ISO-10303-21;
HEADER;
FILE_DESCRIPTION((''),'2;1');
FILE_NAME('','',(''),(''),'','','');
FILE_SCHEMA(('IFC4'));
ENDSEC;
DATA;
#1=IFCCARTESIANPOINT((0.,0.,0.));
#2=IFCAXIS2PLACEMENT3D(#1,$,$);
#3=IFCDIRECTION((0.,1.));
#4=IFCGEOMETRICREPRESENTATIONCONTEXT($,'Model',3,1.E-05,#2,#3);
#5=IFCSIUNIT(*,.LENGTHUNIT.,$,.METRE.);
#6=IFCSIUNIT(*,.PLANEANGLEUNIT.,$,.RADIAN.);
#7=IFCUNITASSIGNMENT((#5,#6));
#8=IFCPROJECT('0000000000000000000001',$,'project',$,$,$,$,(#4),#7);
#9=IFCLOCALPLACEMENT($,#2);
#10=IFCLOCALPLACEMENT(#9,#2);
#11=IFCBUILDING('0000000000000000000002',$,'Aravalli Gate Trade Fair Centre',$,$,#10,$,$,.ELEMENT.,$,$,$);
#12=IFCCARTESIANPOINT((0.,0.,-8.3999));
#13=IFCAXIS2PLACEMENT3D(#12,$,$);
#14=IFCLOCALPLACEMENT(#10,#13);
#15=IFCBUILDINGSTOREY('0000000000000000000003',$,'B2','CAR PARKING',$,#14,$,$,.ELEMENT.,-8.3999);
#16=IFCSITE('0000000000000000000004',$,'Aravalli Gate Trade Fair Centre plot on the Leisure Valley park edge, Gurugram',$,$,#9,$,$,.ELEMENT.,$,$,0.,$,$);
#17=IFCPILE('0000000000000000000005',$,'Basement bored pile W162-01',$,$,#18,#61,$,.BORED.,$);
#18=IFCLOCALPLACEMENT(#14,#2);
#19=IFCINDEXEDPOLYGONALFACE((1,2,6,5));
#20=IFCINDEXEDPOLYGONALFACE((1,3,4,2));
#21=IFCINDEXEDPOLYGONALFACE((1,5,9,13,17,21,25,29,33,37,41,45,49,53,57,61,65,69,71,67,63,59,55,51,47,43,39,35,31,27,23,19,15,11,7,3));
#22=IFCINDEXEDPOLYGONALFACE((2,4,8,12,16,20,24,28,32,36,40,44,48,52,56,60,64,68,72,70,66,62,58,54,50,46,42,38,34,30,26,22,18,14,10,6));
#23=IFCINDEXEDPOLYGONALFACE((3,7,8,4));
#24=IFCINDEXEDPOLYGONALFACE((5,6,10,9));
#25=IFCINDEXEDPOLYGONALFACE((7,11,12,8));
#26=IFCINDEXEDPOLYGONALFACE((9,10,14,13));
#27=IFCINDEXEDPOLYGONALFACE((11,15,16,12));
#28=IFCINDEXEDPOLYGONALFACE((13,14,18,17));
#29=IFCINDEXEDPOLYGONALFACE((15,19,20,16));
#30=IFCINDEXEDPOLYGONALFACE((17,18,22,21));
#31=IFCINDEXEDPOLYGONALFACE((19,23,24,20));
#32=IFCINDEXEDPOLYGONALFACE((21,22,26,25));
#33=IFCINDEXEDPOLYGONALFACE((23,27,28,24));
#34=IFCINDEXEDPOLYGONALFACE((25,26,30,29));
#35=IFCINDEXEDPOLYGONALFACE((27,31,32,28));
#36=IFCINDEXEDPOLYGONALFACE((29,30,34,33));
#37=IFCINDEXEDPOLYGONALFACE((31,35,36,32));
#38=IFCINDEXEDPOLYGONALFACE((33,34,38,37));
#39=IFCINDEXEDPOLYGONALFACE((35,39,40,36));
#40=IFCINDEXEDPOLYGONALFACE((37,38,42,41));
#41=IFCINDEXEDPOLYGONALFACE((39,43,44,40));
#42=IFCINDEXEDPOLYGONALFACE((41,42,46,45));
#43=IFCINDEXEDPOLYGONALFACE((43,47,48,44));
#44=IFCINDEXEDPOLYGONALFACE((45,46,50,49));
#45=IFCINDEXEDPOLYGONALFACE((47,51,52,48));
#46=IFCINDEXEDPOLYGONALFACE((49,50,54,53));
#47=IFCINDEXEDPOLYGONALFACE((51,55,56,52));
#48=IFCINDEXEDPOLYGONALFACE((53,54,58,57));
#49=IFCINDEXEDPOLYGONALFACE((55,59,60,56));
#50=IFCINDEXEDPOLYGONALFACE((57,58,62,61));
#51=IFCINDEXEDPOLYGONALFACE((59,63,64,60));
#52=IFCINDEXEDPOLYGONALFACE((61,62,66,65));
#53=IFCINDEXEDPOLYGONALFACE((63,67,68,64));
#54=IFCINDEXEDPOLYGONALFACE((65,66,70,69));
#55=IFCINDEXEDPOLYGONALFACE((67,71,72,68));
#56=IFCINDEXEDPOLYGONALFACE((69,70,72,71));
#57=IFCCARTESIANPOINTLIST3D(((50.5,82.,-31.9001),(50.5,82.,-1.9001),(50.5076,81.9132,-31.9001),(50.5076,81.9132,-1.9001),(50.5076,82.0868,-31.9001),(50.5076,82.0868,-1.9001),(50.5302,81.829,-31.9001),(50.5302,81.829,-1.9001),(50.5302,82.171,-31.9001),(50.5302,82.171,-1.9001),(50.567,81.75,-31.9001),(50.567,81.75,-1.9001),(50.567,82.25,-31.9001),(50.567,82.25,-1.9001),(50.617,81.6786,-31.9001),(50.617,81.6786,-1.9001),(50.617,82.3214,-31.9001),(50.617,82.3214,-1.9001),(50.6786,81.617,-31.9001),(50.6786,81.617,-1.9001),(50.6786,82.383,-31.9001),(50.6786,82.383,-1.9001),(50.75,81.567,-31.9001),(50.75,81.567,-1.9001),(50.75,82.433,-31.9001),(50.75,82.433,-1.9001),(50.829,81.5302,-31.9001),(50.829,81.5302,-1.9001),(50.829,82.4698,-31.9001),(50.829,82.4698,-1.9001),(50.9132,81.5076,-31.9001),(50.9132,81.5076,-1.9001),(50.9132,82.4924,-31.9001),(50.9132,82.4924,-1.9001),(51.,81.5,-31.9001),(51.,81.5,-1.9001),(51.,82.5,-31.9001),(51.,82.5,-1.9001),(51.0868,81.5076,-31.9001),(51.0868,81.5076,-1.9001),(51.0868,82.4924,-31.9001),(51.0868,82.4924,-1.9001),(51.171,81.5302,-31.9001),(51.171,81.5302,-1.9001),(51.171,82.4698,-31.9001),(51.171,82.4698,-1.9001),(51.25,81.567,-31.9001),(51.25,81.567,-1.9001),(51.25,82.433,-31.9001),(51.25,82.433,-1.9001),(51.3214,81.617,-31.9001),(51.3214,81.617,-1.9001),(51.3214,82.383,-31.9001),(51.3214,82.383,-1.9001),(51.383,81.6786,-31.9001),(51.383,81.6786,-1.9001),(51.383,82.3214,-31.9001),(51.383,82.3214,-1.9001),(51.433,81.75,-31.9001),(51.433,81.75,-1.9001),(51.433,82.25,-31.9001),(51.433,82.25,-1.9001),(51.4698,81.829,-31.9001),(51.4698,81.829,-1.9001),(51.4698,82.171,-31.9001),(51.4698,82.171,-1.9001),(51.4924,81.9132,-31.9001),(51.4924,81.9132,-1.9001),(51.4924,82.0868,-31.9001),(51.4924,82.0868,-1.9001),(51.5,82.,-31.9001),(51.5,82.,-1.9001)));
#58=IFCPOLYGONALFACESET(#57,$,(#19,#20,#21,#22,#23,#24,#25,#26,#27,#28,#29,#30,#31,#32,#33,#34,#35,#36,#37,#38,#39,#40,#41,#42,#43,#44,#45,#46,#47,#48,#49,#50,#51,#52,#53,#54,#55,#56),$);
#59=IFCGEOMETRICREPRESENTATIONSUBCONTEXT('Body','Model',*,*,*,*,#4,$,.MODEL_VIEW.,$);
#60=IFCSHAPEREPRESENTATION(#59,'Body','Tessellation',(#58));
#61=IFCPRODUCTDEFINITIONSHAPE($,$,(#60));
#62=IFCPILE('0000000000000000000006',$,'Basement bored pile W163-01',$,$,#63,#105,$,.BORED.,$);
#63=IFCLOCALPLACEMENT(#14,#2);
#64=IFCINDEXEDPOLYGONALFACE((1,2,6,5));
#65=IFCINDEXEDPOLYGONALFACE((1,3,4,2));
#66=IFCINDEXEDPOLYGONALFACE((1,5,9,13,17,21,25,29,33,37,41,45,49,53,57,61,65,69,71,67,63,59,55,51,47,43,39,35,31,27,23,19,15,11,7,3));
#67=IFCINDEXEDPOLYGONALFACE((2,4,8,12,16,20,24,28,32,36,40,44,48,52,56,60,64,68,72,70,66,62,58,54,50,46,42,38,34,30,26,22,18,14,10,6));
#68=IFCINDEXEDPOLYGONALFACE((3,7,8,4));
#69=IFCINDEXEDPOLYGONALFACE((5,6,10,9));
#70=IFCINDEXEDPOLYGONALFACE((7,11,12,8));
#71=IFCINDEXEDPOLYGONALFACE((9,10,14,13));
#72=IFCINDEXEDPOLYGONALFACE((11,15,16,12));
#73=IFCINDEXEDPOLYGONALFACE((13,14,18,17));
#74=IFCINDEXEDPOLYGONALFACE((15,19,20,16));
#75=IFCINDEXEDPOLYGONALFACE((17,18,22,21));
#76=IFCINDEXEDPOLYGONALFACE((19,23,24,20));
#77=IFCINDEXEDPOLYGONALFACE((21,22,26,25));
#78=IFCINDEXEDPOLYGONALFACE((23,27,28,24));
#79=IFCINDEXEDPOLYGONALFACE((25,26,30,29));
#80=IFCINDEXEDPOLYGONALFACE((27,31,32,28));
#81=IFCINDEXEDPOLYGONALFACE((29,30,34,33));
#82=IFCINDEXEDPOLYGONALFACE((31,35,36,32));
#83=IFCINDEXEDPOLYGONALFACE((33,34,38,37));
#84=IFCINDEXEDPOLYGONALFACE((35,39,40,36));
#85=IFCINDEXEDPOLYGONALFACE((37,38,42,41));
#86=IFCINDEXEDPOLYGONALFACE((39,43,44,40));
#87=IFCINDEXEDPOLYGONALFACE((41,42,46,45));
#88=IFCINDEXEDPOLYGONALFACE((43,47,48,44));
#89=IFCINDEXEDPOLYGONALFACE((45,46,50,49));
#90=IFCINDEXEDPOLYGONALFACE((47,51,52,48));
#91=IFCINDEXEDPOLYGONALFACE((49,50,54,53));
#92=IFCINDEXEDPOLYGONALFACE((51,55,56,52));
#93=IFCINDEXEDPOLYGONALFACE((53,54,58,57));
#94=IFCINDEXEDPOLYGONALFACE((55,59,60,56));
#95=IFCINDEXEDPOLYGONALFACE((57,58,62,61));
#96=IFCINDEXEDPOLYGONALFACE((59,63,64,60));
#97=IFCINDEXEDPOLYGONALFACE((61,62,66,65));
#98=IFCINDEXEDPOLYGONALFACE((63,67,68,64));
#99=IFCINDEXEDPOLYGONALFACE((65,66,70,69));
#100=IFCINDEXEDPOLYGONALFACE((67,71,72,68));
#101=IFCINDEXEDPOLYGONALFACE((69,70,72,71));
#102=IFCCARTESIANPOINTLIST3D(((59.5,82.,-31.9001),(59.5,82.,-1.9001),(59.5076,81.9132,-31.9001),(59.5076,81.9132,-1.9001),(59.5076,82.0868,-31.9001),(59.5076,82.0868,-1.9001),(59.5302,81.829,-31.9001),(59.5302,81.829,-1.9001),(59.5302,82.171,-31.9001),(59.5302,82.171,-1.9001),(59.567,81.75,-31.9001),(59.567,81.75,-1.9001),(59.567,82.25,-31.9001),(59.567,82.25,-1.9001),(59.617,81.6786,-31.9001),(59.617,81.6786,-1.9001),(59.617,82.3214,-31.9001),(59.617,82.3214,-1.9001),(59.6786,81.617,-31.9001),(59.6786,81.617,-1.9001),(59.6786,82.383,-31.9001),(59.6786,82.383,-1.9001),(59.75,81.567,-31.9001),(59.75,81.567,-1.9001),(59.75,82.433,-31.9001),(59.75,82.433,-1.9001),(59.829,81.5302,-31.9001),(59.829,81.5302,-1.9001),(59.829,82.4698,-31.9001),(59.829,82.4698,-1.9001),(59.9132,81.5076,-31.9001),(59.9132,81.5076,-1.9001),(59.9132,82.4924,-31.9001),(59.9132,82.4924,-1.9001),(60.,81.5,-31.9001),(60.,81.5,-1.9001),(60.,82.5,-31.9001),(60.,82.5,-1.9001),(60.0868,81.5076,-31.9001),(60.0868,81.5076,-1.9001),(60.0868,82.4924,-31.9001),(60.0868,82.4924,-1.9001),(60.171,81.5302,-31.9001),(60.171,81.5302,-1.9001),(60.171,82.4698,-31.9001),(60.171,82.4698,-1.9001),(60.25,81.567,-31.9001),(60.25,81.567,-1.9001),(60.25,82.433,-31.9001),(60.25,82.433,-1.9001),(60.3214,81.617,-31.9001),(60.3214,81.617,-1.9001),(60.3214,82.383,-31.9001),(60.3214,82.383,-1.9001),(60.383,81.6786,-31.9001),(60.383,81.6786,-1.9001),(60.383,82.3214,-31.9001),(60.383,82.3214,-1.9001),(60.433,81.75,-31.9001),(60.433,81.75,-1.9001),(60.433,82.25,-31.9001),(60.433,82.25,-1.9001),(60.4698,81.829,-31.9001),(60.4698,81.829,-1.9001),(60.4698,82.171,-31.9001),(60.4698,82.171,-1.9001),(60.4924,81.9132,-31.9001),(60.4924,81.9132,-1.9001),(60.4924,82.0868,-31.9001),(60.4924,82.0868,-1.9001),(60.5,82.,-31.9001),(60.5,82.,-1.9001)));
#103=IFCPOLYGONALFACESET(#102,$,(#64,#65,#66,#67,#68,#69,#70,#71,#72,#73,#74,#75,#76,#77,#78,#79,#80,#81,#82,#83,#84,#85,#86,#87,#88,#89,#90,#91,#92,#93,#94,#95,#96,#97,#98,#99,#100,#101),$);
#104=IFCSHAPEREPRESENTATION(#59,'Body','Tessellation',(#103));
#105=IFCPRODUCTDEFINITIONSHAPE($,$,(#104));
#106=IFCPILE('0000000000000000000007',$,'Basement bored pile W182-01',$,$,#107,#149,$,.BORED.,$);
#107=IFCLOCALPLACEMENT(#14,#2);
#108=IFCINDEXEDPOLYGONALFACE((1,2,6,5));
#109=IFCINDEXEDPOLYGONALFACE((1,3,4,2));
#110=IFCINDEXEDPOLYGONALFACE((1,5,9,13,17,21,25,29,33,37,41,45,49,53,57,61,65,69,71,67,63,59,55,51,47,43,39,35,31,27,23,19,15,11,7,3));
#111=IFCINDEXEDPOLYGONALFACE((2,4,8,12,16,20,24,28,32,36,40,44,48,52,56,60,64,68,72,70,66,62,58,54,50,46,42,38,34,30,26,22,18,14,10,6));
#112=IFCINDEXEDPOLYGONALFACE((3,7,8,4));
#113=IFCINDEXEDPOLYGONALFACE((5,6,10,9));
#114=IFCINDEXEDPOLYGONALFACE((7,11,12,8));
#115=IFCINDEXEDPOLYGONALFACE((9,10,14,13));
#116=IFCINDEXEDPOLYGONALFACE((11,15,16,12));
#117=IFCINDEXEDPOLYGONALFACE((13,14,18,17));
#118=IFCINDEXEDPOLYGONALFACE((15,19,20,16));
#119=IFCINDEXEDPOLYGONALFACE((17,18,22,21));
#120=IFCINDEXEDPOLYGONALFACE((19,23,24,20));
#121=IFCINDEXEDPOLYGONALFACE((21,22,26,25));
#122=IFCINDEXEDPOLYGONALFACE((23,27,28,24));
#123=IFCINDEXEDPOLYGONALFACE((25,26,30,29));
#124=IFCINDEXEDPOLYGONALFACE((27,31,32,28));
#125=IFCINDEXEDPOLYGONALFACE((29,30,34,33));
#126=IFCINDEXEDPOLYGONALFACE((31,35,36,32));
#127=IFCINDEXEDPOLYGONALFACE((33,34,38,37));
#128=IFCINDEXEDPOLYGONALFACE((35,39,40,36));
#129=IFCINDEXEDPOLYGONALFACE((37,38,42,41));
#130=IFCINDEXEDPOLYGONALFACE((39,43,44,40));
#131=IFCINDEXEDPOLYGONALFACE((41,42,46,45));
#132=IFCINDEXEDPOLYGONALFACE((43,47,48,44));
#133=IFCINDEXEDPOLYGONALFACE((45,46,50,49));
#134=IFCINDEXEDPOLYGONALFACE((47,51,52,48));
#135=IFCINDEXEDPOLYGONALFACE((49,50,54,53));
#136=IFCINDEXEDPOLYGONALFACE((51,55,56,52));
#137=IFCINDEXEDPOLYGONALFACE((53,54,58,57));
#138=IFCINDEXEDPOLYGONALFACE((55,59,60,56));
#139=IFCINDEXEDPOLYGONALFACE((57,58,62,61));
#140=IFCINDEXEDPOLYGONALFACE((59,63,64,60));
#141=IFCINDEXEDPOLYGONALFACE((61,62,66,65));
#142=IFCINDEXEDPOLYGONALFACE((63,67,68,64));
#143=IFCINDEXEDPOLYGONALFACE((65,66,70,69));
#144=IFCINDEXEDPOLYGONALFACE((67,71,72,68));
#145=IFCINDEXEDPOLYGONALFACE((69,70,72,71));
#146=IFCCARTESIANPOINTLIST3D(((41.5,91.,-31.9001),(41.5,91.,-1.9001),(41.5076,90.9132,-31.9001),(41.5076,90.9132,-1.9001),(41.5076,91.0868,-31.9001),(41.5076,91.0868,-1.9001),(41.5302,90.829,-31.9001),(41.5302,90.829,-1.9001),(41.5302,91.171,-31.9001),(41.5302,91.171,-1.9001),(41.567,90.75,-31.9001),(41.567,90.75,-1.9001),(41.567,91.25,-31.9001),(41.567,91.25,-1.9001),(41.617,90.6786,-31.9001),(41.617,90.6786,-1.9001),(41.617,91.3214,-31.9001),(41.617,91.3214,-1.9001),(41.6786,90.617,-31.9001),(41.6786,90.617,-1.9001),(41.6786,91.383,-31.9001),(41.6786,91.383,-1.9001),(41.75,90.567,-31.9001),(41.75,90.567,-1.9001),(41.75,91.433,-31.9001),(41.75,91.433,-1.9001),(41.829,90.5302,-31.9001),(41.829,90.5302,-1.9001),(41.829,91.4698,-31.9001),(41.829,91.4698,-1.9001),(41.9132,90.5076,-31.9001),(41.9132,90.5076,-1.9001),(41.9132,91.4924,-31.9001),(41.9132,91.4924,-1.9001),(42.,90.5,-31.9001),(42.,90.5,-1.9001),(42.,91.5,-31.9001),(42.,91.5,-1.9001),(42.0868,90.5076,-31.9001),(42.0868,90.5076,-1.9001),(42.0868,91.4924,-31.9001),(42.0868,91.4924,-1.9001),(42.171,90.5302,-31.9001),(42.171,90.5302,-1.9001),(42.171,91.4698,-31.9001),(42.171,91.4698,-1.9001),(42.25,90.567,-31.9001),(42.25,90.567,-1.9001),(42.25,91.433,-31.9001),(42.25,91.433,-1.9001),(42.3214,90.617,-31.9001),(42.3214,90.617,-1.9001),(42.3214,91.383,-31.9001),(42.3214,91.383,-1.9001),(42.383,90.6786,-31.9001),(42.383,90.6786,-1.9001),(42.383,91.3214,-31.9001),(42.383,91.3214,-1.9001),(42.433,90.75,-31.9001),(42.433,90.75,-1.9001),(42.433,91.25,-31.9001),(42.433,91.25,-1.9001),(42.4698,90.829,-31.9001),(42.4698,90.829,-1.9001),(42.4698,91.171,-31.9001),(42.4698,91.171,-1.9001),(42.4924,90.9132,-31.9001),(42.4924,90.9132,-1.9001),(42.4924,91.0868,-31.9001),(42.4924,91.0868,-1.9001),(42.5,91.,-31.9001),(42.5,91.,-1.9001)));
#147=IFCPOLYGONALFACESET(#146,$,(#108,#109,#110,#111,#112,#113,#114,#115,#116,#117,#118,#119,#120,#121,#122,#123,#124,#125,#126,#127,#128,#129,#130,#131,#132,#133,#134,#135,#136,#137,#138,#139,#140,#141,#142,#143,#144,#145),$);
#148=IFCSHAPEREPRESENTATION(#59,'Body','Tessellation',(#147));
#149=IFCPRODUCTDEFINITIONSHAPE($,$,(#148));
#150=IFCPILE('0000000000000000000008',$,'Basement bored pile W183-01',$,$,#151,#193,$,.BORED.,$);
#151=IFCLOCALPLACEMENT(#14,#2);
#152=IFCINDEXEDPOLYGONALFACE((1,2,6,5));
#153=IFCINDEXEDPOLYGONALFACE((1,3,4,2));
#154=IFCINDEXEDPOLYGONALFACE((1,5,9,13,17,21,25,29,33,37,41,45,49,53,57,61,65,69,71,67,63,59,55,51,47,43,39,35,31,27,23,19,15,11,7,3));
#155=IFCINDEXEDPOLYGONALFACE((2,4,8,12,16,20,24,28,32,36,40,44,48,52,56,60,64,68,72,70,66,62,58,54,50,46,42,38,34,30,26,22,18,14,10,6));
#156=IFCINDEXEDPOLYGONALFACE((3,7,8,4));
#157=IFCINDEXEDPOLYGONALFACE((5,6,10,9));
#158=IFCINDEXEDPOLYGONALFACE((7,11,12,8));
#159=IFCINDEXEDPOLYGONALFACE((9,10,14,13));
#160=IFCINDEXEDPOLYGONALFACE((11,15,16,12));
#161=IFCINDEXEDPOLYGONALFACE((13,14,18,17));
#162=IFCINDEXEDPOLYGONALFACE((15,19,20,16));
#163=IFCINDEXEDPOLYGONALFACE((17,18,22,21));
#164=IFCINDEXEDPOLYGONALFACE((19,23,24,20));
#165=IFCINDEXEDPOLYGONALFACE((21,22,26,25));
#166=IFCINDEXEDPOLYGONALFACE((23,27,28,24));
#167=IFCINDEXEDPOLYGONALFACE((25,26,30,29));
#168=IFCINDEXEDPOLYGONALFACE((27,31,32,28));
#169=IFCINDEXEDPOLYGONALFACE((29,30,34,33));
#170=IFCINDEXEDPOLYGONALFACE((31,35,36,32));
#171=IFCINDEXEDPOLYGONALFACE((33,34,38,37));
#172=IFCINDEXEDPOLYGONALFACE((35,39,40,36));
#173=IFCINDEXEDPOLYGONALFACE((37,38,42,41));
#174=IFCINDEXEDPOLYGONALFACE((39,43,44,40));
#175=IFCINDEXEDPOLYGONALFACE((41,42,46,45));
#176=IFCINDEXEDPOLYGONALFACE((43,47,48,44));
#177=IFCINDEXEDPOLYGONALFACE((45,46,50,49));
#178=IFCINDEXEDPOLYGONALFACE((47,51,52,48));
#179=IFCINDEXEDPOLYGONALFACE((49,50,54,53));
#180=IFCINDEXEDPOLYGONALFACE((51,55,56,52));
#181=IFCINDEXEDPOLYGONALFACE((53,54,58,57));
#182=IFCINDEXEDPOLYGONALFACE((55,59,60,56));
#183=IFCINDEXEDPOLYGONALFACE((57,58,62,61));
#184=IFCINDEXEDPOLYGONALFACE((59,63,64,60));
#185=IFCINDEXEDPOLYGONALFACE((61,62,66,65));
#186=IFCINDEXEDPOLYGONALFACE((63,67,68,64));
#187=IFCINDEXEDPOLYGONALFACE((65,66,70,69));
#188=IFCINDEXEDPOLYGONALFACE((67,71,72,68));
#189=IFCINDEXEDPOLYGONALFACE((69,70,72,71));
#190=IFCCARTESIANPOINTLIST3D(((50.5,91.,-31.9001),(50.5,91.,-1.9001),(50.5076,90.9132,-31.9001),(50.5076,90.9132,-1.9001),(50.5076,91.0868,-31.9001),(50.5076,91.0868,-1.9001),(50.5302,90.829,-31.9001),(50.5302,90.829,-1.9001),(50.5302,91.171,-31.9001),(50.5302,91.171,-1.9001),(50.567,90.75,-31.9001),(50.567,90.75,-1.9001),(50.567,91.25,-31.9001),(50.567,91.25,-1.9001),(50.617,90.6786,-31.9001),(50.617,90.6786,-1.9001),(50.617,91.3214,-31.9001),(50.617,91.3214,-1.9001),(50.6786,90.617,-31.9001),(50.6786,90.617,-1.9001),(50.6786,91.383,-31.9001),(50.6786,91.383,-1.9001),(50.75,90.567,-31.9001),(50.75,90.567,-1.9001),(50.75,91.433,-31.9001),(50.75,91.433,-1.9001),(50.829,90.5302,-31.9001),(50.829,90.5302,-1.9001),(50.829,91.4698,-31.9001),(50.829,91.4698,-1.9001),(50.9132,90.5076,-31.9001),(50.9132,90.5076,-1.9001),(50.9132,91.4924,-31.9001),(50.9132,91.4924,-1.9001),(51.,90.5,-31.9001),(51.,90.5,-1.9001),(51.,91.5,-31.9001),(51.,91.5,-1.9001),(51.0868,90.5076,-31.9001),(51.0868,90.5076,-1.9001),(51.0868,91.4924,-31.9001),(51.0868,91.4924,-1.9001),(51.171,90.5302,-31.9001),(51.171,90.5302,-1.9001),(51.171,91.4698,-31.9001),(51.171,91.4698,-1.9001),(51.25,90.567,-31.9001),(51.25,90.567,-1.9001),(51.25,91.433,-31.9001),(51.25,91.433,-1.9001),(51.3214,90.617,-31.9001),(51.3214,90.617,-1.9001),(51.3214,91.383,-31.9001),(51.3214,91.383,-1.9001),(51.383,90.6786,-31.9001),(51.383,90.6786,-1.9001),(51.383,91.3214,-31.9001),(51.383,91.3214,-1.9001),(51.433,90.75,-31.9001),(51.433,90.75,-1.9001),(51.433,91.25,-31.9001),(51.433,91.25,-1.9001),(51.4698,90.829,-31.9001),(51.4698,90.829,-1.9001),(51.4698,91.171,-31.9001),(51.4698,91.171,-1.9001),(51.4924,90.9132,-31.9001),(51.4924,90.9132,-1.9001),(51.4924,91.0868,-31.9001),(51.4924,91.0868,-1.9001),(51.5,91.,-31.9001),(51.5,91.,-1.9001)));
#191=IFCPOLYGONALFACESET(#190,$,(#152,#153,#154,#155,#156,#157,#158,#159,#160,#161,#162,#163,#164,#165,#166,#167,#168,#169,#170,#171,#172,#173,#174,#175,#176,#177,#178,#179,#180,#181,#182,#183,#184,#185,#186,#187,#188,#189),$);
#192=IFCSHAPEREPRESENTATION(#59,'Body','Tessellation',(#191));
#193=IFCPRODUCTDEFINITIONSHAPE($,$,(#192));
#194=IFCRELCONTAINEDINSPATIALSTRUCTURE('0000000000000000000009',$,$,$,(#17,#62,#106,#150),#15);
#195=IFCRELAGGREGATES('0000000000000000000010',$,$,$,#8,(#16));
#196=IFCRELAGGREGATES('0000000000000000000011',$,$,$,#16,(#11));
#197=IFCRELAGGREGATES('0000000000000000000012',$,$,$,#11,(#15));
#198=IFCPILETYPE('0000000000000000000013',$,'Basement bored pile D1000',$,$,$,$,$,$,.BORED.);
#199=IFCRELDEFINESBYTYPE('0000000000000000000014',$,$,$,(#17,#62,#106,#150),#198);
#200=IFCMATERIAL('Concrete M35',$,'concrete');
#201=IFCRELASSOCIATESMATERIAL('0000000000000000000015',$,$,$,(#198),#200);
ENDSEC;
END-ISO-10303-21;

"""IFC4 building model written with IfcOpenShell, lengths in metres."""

from ifc_helpers import new_model, si_unit, direction, frame, origin, origin_2d, place, context, subcontext, project, spatial, circle, extrude, material, material_profile, profile_set, type_object, element, save


model = new_model("IFC4")

# Units and contexts
model_context = context("Model", 3, precision=1e-05, world=origin(), true_north=direction((0.0, 1.0)))
body_context = subcontext(model_context, "Body", "Model", "MODEL_VIEW")
ifc_project = project(units=[si_unit("LENGTHUNIT", "METRE"), si_unit("PLANEANGLEUNIT", "RADIAN")], contexts=[model_context])

# Site, building, storey
site_placement = place(None, origin())
site = spatial("IfcSite", under=ifc_project, at=site_placement, Name="Aravalli Gate Trade Fair Centre plot on the Leisure Valley park edge, Gurugram", CompositionType="ELEMENT", RefElevation=0.0)
building_placement = place(site_placement, origin())
building = spatial("IfcBuilding", under=site, at=building_placement, Name="Aravalli Gate Trade Fair Centre", CompositionType="ELEMENT")
storey_placement = place(building_placement, frame((0.0, 0.0, -8.3999)))
storey = spatial("IfcBuildingStorey", under=building, at=storey_placement, Name="B2", Description="CAR PARKING", CompositionType="ELEMENT", Elevation=-8.3999)

# Piles
ifc_material_1 = material(Name="Concrete M35", Category="concrete")
ifc_material_profile_1 = material_profile(ifc_material_1, circle(Radius=0.5, at=origin_2d()), Name="D1000")
ifc_profile_set_1 = profile_set([ifc_material_profile_1], Name="Concrete M35")
pile_type = type_object("IfcPileType", Name="Basement bored pile D1000", PredefinedType="BORED", material=ifc_profile_set_1)
for number, where, z_axis, x_axis, name in (
    (1, (51.0, 82.0, -1.9001), (0.0, 0.0, -1.0), (1.0, 0.0, 0.0), "Basement bored pile W162-01"),
    (2, (60.0, 82.0, -1.9001), (0.0, 0.0, -1.0), (1.0, 0.0, 0.0), "Basement bored pile W163-01"),
    (3, (42.0, 91.0, -1.9001), (0.0, 0.0, -1.0), (1.0, 0.0, 0.0), "Basement bored pile W182-01"),
    (4, (51.0, 91.0, -1.9001), (0.0, 0.0, -1.0), (1.0, 0.0, 0.0), "Basement bored pile W183-01"),
):
    element("IfcPile", number, at=place(storey_placement, frame(where, z_axis=z_axis, x_axis=x_axis)), inside=storey, type_object=pile_type, Name=name, PredefinedType="BORED", context=body_context, shape_type="SweptSolid", body=[
        extrude(circle(Radius=0.5, at=origin_2d()), origin(), (0.0, 0.0, 1.0), 30.0),
    ])

save(model, "model.ifc")
